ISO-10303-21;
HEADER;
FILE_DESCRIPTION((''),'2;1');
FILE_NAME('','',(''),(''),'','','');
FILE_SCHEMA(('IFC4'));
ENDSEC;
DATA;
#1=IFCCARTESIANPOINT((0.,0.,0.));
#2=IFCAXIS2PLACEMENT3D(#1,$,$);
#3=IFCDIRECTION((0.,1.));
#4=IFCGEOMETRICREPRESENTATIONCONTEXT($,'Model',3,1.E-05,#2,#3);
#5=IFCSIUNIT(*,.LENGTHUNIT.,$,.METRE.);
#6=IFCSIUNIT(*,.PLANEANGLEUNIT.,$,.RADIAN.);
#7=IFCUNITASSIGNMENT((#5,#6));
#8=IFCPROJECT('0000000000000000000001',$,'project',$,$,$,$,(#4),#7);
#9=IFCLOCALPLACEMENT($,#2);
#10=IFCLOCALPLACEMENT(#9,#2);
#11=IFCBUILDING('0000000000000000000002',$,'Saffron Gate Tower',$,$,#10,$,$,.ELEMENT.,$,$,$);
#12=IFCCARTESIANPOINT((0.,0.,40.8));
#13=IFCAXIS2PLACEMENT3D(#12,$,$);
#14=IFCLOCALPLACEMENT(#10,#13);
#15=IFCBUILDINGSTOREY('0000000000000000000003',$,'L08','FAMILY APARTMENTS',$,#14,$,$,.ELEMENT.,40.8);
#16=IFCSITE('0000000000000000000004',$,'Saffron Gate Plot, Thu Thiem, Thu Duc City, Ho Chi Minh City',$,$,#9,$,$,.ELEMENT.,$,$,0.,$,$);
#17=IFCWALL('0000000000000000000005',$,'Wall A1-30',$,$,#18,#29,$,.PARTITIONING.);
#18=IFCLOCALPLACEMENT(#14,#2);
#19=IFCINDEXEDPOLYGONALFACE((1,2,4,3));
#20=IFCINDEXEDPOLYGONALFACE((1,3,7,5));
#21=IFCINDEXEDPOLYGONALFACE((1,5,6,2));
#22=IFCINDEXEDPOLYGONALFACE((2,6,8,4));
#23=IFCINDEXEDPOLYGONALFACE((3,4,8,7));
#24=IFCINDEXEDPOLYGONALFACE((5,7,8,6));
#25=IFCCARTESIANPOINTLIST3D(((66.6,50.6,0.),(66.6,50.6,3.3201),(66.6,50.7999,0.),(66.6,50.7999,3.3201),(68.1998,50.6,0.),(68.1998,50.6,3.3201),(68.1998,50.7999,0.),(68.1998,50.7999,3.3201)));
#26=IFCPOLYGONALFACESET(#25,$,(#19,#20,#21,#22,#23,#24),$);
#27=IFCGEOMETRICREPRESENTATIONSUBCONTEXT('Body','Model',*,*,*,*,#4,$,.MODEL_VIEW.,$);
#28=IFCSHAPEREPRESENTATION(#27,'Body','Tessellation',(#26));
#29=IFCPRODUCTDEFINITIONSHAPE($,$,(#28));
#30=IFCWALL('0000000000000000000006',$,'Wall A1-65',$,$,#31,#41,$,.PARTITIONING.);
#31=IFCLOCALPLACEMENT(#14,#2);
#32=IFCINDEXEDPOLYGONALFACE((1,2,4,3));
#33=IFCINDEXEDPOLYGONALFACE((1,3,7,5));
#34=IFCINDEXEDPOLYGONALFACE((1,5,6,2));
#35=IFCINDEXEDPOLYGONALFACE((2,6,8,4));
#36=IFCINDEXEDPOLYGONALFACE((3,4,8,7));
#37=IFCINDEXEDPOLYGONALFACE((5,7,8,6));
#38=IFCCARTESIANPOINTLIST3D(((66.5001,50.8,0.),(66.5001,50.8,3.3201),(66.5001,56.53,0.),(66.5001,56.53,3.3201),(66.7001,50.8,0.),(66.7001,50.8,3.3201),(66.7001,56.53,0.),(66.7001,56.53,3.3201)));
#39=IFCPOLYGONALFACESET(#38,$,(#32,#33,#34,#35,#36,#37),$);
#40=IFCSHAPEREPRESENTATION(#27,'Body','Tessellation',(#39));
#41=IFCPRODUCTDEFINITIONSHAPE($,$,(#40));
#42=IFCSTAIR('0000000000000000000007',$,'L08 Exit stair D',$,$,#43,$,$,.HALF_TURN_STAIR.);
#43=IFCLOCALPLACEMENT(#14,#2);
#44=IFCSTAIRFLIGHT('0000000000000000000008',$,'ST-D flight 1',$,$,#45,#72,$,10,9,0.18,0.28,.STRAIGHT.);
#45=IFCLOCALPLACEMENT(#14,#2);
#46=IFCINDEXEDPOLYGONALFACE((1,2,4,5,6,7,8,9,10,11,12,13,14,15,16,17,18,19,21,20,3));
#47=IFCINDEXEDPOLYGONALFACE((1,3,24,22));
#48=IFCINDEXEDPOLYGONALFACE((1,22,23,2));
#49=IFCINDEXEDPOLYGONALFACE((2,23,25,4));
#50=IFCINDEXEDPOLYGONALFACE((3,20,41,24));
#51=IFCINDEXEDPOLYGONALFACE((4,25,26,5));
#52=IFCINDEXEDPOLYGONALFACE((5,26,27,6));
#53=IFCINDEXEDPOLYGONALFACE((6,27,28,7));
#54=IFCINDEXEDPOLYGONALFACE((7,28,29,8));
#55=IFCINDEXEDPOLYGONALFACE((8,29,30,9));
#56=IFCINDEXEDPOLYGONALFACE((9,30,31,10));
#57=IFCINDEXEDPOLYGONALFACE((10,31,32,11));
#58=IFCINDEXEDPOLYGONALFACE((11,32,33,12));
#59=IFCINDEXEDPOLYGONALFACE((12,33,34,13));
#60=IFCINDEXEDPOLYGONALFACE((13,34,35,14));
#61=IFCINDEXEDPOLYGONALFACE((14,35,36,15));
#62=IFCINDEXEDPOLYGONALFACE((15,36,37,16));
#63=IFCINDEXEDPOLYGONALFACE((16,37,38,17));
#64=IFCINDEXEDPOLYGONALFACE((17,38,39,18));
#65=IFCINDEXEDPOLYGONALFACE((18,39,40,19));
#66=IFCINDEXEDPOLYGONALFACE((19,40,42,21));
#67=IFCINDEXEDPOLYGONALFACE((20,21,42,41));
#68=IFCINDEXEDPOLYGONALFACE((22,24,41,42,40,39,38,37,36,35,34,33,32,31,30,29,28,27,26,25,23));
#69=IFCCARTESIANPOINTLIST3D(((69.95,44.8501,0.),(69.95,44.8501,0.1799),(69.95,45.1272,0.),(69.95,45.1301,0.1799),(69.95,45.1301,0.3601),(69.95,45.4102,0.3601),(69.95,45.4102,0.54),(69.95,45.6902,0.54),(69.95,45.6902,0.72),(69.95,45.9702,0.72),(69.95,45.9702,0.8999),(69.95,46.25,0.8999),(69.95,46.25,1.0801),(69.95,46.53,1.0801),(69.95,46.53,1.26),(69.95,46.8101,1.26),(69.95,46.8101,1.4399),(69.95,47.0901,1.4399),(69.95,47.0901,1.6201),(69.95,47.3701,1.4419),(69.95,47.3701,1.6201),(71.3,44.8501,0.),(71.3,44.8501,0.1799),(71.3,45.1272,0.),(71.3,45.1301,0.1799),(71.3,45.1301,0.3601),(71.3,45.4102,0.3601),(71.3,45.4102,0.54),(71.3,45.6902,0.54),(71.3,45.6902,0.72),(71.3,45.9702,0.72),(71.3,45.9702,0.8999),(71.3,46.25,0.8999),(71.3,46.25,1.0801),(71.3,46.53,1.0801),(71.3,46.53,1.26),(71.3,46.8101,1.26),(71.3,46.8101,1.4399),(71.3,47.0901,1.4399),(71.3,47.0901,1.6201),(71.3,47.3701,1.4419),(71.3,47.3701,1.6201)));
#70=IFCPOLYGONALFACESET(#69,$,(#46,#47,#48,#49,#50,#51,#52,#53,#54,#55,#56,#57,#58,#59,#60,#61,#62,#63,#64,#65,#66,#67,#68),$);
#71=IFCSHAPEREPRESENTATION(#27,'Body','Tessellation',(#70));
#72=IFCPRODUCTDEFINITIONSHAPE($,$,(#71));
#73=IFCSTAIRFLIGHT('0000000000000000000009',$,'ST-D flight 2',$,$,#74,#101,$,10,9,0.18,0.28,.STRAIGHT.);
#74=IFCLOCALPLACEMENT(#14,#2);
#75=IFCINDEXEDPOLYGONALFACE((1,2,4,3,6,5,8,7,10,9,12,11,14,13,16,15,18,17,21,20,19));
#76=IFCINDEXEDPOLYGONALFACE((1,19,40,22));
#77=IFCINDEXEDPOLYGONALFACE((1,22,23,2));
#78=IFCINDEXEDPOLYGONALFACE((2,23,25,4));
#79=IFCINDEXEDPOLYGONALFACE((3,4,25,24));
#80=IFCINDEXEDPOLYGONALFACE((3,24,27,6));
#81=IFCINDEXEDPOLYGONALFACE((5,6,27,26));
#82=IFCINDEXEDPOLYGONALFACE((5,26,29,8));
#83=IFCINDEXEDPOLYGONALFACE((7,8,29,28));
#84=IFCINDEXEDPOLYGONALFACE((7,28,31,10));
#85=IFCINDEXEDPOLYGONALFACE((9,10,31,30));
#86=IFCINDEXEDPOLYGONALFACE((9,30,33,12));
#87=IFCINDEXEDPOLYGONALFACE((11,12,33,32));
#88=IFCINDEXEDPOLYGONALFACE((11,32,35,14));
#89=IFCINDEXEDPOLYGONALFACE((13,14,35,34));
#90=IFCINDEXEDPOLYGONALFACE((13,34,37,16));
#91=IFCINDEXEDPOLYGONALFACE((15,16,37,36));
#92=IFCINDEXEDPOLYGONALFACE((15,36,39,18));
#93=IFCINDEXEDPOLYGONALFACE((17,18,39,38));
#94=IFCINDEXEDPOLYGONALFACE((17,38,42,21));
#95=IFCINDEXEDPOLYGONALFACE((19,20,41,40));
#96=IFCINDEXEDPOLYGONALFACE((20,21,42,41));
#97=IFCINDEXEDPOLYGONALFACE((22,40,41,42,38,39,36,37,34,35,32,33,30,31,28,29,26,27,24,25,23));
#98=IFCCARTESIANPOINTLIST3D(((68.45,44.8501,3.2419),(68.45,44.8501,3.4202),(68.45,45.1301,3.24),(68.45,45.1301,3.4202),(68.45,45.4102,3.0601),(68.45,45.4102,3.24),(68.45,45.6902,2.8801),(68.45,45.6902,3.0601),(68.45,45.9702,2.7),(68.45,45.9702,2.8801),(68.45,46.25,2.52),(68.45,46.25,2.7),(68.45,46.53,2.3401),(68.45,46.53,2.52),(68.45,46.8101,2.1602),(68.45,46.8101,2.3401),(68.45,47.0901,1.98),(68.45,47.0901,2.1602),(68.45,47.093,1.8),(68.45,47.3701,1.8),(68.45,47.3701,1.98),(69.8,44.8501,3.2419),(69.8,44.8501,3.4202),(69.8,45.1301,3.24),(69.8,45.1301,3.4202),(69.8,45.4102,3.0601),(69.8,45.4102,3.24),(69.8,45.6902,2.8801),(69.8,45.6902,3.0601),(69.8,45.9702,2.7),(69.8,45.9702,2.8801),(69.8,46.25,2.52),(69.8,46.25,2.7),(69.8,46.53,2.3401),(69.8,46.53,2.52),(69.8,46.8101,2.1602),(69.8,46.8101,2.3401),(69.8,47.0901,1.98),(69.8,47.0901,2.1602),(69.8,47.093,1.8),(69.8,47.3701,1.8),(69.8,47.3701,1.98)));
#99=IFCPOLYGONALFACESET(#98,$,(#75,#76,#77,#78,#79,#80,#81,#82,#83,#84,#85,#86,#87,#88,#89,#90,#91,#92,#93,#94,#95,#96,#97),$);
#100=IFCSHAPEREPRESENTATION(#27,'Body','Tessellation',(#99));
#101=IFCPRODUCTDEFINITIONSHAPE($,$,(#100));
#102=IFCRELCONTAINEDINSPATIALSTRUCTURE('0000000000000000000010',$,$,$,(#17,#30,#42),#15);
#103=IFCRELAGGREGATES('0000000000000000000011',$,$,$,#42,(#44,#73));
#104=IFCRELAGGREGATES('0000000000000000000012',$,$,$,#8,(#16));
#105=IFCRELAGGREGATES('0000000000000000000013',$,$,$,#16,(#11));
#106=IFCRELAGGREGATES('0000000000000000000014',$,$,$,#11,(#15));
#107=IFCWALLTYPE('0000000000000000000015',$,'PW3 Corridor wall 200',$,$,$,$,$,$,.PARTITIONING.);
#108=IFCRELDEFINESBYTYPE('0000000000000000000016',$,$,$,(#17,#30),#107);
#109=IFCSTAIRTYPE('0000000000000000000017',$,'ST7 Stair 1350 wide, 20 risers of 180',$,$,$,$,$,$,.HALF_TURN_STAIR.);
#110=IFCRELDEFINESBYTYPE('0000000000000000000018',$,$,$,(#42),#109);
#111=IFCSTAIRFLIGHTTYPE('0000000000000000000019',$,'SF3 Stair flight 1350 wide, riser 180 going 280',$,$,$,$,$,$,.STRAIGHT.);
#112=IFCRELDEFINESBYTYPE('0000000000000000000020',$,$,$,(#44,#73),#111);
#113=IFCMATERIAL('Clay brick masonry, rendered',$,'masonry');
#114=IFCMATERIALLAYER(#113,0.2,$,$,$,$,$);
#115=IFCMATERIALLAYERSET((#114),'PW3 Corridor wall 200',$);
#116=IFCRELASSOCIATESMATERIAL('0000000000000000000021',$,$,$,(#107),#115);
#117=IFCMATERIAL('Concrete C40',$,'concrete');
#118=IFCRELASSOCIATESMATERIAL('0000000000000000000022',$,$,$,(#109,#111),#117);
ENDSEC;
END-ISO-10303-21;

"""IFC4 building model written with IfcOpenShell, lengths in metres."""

from ifc_helpers import new_model, si_unit, direction, frame, frame_2d, origin, place, context, subcontext, project, spatial, polyline, rectangle, outline, extrude, material, layer, layer_set, type_object, element, aggregate, save


model = new_model("IFC4")

# Units and contexts
model_context = context("Model", 3, precision=1e-05, world=origin(), true_north=direction((0.0, 1.0)))
body_context = subcontext(model_context, "Body", "Model", "MODEL_VIEW")
ifc_project = project(units=[si_unit("LENGTHUNIT", "METRE"), si_unit("PLANEANGLEUNIT", "RADIAN")], contexts=[model_context])

# Site, building, storey
site_placement = place(None, origin())
site = spatial("IfcSite", under=ifc_project, at=site_placement, Name="Saffron Gate Plot, Thu Thiem, Thu Duc City, Ho Chi Minh City", CompositionType="ELEMENT", RefElevation=0.0)
building_placement = place(site_placement, origin())
building = spatial("IfcBuilding", under=site, at=building_placement, Name="Saffron Gate Tower", CompositionType="ELEMENT")
storey_placement = place(building_placement, frame((0.0, 0.0, 40.8)))
storey = spatial("IfcBuildingStorey", under=building, at=storey_placement, Name="L08", Description="FAMILY APARTMENTS", CompositionType="ELEMENT", Elevation=40.8)

# Walls
ifc_material_1 = material(Name="Clay brick masonry, rendered", Category="masonry")
ifc_layer_1 = layer(ifc_material_1, 0.2)
ifc_layer_set_1 = layer_set([ifc_layer_1], Name="PW3 Corridor wall 200")
wall_type_1 = type_object("IfcWallType", Name="PW3 Corridor wall 200", PredefinedType="PARTITIONING", material=ifc_layer_set_1)
wall_1_placement = place(storey_placement, frame((66.6001, 50.7, 0.0), z_axis=(0.0, 0.0, 1.0), x_axis=(1.0, 0.0, 0.0)))
element("IfcWall", 1, at=wall_1_placement, inside=storey, type_object=wall_type_1, Name="Wall A1-30", PredefinedType="PARTITIONING", context=body_context, shape_type="SweptSolid", body=[
    extrude(rectangle(XDim=1.5999, YDim=0.2, at=frame_2d((0.7998, 0.0))), origin(), (0.0, 0.0, 1.0), 3.3201),
])
wall_2_placement = place(storey_placement, frame((66.6001, 56.53, 0.0), z_axis=(0.0, 0.0, 1.0), x_axis=(0.0, -1.0, 0.0)))
element("IfcWall", 2, at=wall_2_placement, inside=storey, type_object=wall_type_1, Name="Wall A1-65", PredefinedType="PARTITIONING", context=body_context, shape_type="SweptSolid", body=[
    extrude(rectangle(XDim=5.73, YDim=0.2, at=frame_2d((2.865, 0.0))), origin(), (0.0, 0.0, 1.0), 3.3201),
])

# Stair, stair flights
ifc_material_2 = material(Name="Concrete C40", Category="concrete")
stair_type = type_object("IfcStairType", Name="ST7 Stair 1350 wide, 20 risers of 180", PredefinedType="HALF_TURN_STAIR", material=ifc_material_2)
stair_placement = place(storey_placement, origin())
stair = element("IfcStair", 3, at=stair_placement, inside=storey, type_object=stair_type, Name="L08 Exit stair D", PredefinedType="HALF_TURN_STAIR")
stair_flight_type = type_object("IfcStairFlightType", Name="SF3 Stair flight 1350 wide, riser 180 going 280", PredefinedType="STRAIGHT", material=ifc_material_2)
stair_flight_1_placement = place(storey_placement, frame((70.625, 44.8501, 0.0), z_axis=(0.0, 0.0, 1.0), x_axis=(0.0, 1.0, 0.0)))
stair_flight_1 = element("IfcStairFlight", 4, at=stair_flight_1_placement, type_object=stair_flight_type, Name="ST-D flight 1", NumberOfRisers=10, NumberOfTreads=9, PredefinedType="STRAIGHT", RiserHeight=0.18, TreadLength=0.28, context=body_context, shape_type="SweptSolid", body=[
    extrude(outline(polyline([(0.0, 0.0), (0.0, 0.1799), (0.28, 0.1799), (0.28, 0.3601), (0.5601, 0.3601), (0.5601, 0.54), (0.8401, 0.54), (0.8401, 0.72), (1.1201, 0.72), (1.1201, 0.8999), (1.3999, 0.8999), (1.3999, 1.0801), (1.6799, 1.0801), (1.6799, 1.26), (1.96, 1.26), (1.96, 1.4399), (2.24, 1.4399), (2.24, 1.6201), (2.52, 1.6201), (2.52, 1.8), (2.52, 1.4419), (0.2771, 0.0), (0.0, 0.0)])), frame((0.0, 0.675, 0.0), z_axis=(0.0, -1.0, 0.0), x_axis=(1.0, 0.0, 0.0)), (0.0, 0.0, 1.0), 1.3501),
])
stair_flight_2_placement = place(storey_placement, frame((69.125, 47.3701, 1.8), z_axis=(0.0, 0.0, 1.0), x_axis=(0.0, -1.0, 0.0)))
stair_flight_2 = element("IfcStairFlight", 5, at=stair_flight_2_placement, type_object=stair_flight_type, Name="ST-D flight 2", NumberOfRisers=10, NumberOfTreads=9, PredefinedType="STRAIGHT", RiserHeight=0.18, TreadLength=0.28, context=body_context, shape_type="SweptSolid", body=[
    extrude(outline(polyline([(0.0, 0.0), (0.0, 0.1799), (0.28, 0.1799), (0.28, 0.3601), (0.5601, 0.3601), (0.5601, 0.54), (0.8401, 0.54), (0.8401, 0.72), (1.1201, 0.72), (1.1201, 0.8999), (1.3999, 0.8999), (1.3999, 1.0801), (1.6799, 1.0801), (1.6799, 1.26), (1.96, 1.26), (1.96, 1.4399), (2.24, 1.4399), (2.24, 1.6201), (2.52, 1.6201), (2.52, 1.8), (2.52, 1.4419), (0.2771, 0.0), (0.0, 0.0)])), frame((0.0, 0.675, 0.0), z_axis=(0.0, -1.0, 0.0), x_axis=(1.0, 0.0, 0.0)), (0.0, 0.0, 1.0), 1.3501),
])
aggregate(stair, [stair_flight_1, stair_flight_2])

save(model, "model.ifc")
